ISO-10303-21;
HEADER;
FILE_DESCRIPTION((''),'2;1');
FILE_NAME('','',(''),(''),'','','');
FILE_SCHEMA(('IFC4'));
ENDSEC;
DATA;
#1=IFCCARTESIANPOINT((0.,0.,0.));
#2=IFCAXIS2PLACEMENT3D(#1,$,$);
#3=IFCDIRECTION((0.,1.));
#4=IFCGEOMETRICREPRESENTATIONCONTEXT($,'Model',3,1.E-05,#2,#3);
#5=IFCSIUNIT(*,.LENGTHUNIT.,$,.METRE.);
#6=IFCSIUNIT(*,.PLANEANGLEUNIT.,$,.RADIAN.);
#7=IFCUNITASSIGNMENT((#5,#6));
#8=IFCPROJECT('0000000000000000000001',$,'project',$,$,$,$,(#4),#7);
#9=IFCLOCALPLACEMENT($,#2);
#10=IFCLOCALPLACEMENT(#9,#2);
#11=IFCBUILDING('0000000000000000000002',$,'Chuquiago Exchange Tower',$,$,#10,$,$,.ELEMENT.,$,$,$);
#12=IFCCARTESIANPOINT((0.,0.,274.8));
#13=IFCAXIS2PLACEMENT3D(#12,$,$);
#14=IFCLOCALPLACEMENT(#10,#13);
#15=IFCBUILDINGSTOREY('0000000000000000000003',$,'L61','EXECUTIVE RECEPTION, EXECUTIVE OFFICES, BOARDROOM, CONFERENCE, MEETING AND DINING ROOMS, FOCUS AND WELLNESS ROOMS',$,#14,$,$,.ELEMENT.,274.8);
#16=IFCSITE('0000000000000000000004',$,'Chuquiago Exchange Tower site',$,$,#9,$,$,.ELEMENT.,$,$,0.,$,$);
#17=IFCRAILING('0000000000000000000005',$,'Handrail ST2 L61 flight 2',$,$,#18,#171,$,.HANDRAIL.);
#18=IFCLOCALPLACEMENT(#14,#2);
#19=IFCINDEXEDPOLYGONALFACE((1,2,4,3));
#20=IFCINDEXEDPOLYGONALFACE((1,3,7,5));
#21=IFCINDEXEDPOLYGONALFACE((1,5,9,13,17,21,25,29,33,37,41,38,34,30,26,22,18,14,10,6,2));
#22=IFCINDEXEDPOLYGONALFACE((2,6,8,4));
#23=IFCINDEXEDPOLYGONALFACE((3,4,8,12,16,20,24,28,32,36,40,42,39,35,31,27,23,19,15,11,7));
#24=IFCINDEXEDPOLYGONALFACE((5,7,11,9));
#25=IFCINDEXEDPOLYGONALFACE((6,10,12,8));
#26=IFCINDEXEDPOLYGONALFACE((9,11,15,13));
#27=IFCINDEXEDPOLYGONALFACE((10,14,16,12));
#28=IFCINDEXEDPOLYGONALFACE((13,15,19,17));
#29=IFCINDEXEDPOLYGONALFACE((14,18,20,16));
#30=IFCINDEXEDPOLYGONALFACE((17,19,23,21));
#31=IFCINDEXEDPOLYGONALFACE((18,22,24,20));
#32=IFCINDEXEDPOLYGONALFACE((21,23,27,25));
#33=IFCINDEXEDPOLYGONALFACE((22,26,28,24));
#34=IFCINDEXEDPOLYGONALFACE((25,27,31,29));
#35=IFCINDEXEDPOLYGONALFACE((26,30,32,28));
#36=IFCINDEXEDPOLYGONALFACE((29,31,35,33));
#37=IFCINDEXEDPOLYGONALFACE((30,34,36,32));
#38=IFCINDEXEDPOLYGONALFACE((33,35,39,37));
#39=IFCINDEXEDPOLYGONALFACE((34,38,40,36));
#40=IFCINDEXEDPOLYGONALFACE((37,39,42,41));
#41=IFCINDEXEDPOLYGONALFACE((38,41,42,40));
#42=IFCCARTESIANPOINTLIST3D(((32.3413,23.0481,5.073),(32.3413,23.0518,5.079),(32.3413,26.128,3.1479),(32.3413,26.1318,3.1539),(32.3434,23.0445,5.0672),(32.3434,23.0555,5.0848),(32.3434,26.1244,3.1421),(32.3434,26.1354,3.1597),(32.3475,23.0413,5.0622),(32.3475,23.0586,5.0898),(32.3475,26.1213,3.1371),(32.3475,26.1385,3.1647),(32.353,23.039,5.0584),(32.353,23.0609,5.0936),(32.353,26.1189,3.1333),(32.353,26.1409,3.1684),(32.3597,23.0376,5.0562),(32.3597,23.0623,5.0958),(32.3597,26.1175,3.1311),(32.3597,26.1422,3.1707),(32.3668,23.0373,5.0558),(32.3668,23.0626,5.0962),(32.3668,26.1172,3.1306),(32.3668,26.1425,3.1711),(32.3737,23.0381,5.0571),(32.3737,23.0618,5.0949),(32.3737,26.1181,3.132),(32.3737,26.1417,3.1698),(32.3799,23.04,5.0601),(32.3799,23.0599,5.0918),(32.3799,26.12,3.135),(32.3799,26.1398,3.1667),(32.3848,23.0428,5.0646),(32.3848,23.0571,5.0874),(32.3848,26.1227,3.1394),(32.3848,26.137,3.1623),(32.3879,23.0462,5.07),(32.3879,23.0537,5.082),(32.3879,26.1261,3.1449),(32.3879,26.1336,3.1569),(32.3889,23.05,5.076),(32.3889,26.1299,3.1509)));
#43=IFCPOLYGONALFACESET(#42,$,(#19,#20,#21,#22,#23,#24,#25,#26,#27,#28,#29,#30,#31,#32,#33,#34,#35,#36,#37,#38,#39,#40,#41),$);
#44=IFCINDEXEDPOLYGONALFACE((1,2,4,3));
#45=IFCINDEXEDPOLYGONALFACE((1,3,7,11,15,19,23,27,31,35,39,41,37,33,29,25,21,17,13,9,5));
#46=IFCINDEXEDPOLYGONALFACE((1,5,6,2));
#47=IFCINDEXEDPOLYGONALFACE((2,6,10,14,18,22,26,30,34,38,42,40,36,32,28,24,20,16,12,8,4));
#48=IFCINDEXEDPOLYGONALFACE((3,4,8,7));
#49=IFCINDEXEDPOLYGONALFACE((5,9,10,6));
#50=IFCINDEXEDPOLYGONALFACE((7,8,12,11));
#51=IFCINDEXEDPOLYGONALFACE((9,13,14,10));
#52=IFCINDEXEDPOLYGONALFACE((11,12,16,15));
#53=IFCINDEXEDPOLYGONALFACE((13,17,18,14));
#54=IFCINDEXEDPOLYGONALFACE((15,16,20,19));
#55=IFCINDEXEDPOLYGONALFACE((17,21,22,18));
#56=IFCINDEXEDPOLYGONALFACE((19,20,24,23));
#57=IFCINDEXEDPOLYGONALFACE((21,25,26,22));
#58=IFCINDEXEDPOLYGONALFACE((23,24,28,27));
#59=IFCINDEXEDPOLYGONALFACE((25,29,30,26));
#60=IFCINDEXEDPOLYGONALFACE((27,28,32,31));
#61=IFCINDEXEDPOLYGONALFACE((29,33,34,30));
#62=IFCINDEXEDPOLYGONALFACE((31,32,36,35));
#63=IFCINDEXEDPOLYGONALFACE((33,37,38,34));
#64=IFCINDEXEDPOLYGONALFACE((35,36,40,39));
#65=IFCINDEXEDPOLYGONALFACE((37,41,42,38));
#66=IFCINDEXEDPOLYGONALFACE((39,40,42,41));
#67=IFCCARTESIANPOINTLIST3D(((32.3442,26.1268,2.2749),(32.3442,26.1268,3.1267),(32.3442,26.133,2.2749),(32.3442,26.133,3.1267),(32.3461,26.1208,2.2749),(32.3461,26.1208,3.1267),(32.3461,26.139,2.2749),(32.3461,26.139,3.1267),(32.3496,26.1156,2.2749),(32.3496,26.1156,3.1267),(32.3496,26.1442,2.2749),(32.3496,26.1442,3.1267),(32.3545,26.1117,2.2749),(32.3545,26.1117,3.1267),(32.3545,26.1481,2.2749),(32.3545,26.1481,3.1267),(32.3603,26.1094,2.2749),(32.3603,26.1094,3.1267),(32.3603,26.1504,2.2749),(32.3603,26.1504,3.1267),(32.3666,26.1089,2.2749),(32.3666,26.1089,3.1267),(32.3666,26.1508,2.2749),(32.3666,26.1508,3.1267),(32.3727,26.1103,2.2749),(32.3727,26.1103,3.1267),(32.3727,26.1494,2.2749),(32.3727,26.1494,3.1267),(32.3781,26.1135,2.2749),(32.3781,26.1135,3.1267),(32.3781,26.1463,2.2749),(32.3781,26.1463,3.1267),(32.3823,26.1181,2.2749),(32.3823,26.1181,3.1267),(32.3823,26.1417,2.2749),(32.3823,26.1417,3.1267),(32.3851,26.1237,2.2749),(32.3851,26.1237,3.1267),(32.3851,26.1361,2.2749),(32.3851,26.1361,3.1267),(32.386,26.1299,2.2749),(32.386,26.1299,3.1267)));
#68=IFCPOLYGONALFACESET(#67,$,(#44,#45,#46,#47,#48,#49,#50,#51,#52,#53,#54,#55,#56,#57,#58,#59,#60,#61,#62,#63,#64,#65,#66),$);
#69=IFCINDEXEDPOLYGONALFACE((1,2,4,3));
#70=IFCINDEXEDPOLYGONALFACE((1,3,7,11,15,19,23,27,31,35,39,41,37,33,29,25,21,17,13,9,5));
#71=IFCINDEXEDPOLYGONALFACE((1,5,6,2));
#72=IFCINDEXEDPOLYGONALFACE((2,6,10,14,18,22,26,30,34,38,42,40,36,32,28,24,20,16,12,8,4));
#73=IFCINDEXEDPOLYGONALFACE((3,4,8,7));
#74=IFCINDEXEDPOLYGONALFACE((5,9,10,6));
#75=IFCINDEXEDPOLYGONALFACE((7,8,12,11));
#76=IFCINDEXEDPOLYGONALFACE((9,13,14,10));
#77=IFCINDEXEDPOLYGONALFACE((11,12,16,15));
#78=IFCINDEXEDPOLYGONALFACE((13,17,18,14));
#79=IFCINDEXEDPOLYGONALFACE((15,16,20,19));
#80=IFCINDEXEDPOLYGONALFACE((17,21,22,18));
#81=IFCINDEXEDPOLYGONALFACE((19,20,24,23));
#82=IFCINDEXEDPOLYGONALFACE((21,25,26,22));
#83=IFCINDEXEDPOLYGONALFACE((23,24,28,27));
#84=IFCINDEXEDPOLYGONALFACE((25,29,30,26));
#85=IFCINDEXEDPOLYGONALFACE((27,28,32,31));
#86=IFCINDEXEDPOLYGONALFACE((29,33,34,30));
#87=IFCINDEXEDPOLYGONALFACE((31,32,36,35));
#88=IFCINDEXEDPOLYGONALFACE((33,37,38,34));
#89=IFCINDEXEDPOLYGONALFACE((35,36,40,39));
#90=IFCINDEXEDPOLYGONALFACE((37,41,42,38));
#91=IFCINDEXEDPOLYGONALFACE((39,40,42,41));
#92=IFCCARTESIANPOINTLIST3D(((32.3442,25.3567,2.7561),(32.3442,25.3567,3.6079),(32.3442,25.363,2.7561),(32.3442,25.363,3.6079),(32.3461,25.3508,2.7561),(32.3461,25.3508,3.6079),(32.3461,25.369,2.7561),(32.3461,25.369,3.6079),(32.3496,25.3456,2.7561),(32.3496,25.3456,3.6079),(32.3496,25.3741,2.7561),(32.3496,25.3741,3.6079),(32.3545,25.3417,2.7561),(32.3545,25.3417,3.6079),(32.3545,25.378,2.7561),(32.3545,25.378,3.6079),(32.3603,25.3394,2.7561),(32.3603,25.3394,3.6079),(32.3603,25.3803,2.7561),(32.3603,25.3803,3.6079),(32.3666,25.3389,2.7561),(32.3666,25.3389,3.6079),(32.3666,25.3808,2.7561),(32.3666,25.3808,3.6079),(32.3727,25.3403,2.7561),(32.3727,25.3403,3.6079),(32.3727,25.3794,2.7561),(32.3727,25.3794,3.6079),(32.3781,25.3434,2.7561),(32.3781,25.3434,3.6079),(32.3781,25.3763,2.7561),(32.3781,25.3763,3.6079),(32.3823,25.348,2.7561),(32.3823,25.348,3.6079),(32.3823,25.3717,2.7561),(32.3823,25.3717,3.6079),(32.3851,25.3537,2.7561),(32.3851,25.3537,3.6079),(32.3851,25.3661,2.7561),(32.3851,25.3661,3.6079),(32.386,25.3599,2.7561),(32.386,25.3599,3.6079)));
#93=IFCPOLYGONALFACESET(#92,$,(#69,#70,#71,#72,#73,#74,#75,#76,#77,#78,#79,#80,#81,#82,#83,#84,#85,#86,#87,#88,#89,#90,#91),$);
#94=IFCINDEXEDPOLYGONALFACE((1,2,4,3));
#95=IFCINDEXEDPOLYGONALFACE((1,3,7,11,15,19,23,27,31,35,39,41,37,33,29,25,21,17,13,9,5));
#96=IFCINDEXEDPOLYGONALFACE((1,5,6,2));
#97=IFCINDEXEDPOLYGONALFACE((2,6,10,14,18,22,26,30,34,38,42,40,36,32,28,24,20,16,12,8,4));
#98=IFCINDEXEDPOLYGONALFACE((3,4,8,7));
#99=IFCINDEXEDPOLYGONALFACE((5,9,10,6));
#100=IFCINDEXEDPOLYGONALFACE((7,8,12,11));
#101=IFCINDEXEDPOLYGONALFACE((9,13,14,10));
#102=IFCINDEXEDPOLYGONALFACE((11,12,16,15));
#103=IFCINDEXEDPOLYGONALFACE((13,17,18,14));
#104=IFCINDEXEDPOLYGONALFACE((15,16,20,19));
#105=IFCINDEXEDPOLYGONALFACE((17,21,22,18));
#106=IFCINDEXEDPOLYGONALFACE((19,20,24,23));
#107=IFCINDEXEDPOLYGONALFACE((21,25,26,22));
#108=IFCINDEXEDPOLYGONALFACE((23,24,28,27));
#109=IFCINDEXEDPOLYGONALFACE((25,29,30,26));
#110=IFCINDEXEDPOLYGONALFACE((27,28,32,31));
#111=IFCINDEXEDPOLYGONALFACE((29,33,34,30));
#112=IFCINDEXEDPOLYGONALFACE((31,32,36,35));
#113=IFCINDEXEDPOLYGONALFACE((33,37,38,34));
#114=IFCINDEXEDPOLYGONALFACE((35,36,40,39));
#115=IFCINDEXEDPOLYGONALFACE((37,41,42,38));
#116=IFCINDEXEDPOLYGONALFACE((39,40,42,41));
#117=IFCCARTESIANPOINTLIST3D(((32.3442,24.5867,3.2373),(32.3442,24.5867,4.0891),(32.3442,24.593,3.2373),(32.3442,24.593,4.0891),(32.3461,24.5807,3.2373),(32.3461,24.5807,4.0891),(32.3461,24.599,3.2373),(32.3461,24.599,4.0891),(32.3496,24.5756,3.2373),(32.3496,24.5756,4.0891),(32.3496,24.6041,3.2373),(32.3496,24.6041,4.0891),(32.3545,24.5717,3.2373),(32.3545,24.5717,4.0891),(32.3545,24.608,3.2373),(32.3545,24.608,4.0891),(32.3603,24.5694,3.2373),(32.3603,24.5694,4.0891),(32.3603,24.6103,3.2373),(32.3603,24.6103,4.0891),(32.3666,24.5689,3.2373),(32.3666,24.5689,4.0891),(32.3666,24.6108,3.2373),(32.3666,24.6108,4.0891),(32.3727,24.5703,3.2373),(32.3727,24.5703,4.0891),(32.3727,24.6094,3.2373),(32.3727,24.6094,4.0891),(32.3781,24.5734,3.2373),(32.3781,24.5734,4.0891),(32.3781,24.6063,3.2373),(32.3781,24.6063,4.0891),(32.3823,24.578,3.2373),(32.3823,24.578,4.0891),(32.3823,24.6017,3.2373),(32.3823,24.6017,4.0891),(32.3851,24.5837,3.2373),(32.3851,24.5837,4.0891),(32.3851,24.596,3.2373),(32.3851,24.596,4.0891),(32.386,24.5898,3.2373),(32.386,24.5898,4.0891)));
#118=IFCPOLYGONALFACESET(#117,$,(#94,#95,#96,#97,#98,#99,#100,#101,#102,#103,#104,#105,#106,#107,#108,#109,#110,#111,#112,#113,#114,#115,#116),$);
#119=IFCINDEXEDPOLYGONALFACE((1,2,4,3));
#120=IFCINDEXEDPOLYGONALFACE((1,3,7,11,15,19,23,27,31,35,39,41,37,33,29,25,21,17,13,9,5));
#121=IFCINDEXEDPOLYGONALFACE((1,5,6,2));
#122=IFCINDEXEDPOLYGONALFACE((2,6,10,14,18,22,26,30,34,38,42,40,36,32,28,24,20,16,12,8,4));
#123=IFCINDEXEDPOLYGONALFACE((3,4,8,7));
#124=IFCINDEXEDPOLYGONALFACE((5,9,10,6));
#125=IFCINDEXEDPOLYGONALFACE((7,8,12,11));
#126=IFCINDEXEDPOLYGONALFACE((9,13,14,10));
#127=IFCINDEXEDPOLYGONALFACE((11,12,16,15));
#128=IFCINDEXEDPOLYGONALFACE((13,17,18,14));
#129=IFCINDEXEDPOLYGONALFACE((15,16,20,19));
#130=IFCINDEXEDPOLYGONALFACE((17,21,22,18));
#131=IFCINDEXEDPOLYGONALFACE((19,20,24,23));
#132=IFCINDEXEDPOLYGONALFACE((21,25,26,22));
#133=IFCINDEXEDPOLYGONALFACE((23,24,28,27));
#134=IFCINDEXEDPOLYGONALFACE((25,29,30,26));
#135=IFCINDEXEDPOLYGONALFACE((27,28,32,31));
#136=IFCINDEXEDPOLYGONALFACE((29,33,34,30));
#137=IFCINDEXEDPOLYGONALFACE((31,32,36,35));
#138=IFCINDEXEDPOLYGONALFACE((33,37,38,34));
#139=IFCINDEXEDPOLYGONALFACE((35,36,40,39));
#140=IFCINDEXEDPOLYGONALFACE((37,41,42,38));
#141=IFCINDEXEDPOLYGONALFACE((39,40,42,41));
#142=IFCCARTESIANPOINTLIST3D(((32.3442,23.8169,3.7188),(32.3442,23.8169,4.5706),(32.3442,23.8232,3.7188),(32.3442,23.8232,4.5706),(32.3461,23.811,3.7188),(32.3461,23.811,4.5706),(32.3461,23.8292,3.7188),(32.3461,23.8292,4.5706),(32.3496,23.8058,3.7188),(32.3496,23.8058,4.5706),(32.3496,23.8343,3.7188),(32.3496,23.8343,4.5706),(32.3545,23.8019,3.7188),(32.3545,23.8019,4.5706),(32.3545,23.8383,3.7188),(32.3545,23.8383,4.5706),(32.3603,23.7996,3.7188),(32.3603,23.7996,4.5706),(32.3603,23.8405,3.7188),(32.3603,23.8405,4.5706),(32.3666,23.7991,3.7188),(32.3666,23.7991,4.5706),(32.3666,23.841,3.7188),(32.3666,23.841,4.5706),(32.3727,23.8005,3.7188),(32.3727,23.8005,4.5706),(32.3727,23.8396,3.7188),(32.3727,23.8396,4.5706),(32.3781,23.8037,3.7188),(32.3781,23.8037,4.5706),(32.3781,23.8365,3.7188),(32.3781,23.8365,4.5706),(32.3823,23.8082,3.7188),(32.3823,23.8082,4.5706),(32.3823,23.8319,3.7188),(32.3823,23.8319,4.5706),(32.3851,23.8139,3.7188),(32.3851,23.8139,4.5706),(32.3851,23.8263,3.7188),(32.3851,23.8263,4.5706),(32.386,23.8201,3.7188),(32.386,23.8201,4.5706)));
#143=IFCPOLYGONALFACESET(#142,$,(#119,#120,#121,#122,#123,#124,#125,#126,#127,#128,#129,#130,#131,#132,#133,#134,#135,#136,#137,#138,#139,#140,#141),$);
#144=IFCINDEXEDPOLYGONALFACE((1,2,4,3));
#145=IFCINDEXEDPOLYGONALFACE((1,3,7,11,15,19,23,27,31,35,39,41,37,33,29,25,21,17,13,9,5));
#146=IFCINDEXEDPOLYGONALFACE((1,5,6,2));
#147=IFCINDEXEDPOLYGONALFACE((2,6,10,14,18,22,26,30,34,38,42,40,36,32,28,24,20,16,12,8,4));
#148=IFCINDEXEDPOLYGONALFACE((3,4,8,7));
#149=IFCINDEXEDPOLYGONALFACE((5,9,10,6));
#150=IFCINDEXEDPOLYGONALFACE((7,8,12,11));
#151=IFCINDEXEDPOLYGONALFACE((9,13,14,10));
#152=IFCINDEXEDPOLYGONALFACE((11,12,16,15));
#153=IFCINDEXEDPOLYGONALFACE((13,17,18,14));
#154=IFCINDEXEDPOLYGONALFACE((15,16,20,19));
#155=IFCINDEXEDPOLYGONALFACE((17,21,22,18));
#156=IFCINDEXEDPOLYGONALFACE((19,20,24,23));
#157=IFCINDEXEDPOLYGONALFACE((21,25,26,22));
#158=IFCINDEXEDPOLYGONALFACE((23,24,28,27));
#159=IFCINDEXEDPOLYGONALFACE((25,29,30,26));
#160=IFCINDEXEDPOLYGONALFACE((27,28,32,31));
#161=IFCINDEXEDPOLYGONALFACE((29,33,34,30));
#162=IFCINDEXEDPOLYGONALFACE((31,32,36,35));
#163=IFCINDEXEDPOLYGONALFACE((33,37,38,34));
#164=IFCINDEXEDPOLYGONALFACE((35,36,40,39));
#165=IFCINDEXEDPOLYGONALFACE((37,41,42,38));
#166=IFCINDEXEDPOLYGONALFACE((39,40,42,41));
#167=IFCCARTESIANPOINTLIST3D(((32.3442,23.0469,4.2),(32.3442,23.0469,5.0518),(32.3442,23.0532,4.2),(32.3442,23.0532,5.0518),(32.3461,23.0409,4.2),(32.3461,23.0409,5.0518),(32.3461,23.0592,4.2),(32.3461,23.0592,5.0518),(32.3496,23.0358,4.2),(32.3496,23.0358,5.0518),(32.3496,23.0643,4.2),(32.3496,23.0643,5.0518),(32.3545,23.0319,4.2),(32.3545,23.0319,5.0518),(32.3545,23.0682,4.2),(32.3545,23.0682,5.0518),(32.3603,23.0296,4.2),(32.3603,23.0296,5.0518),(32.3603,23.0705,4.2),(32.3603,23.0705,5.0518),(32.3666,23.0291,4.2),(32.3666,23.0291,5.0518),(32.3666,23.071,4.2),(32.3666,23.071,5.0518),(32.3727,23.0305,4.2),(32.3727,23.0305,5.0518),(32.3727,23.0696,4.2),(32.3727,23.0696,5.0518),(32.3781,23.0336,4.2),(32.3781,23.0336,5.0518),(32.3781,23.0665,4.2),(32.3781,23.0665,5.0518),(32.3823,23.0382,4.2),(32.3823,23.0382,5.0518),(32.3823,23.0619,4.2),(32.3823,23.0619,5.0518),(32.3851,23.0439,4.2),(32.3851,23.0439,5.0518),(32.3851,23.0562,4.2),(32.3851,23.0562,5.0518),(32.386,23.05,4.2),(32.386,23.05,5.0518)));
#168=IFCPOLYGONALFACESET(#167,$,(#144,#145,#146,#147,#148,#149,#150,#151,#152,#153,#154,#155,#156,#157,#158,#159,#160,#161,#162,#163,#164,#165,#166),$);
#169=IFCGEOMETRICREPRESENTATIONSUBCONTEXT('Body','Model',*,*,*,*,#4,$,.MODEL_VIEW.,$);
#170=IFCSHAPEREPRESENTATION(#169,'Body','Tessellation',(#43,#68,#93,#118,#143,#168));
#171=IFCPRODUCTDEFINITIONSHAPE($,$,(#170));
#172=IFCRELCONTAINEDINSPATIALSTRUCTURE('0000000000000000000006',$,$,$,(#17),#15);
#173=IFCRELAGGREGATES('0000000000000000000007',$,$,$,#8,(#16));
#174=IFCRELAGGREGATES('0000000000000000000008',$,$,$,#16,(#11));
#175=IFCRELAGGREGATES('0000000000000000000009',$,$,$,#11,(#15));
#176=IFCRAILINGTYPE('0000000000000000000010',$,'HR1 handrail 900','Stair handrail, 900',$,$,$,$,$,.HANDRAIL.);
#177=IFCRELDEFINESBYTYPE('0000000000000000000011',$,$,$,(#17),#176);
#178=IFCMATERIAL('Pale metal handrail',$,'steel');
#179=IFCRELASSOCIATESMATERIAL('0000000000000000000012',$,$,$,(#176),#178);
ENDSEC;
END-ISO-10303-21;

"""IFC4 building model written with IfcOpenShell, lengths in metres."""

from ifc_helpers import new_model, si_unit, direction, frame, origin, origin_2d, place, context, subcontext, project, spatial, circle, extrude, material, type_object, element, save


model = new_model("IFC4")

# Units and contexts
model_context = context("Model", 3, precision=1e-05, world=origin(), true_north=direction((0.0, 1.0)))
body_context = subcontext(model_context, "Body", "Model", "MODEL_VIEW")
ifc_project = project(units=[si_unit("LENGTHUNIT", "METRE"), si_unit("PLANEANGLEUNIT", "RADIAN")], contexts=[model_context])

# Site, building, storey
site_placement = place(None, origin())
site = spatial("IfcSite", under=ifc_project, at=site_placement, Name="Chuquiago Exchange Tower site", CompositionType="ELEMENT", RefElevation=0.0)
building_placement = place(site_placement, origin())
building = spatial("IfcBuilding", under=site, at=building_placement, Name="Chuquiago Exchange Tower", CompositionType="ELEMENT")
storey_placement = place(building_placement, frame((0.0, 0.0, 274.8)))
storey = spatial("IfcBuildingStorey", under=building, at=storey_placement, Name="L61", Description="EXECUTIVE RECEPTION, EXECUTIVE OFFICES, BOARDROOM, CONFERENCE, MEETING AND DINING ROOMS, FOCUS AND WELLNESS ROOMS", CompositionType="ELEMENT", Elevation=274.8)

# Railing
ifc_material_1 = material(Name="Pale metal handrail", Category="steel")
railing_type_1 = type_object("IfcRailingType", Name="HR1 handrail 900", Description="Stair handrail, 900", PredefinedType="HANDRAIL", material=ifc_material_1)
for number, where, name in (
    (1, (32.365, 26.1299, 2.2749), "Handrail ST2 L61 flight 2"),
):
    element("IfcRailing", number, at=place(storey_placement, frame(where)), inside=storey, type_object=railing_type_1, Name=name, PredefinedType="HANDRAIL", context=body_context, shape_type="SweptSolid", body=[
        extrude(circle(Radius=0.0239, at=origin_2d()), frame((0.0, 0.0, 0.876), z_axis=(0.0, -0.847979, 0.530029), x_axis=(1.0, 0.0, 0.0)), (0.0, 0.0, 1.0), 3.6321),
        extrude(circle(Radius=0.021, at=origin_2d()), origin(), (0.0, 0.0, 1.0), 0.8518),
        extrude(circle(Radius=0.021, at=origin_2d()), frame((0.0, -0.77, 0.4812)), (0.0, 0.0, 1.0), 0.8518),
        extrude(circle(Radius=0.021, at=origin_2d()), frame((0.0, -1.54, 0.9624)), (0.0, 0.0, 1.0), 0.8518),
        extrude(circle(Radius=0.021, at=origin_2d()), frame((0.0, -2.3098, 1.4438)), (0.0, 0.0, 1.0), 0.8518),
        extrude(circle(Radius=0.021, at=origin_2d()), frame((0.0, -3.0798, 1.925)), (0.0, 0.0, 1.0), 0.8518),
    ])

save(model, "model.ifc")
